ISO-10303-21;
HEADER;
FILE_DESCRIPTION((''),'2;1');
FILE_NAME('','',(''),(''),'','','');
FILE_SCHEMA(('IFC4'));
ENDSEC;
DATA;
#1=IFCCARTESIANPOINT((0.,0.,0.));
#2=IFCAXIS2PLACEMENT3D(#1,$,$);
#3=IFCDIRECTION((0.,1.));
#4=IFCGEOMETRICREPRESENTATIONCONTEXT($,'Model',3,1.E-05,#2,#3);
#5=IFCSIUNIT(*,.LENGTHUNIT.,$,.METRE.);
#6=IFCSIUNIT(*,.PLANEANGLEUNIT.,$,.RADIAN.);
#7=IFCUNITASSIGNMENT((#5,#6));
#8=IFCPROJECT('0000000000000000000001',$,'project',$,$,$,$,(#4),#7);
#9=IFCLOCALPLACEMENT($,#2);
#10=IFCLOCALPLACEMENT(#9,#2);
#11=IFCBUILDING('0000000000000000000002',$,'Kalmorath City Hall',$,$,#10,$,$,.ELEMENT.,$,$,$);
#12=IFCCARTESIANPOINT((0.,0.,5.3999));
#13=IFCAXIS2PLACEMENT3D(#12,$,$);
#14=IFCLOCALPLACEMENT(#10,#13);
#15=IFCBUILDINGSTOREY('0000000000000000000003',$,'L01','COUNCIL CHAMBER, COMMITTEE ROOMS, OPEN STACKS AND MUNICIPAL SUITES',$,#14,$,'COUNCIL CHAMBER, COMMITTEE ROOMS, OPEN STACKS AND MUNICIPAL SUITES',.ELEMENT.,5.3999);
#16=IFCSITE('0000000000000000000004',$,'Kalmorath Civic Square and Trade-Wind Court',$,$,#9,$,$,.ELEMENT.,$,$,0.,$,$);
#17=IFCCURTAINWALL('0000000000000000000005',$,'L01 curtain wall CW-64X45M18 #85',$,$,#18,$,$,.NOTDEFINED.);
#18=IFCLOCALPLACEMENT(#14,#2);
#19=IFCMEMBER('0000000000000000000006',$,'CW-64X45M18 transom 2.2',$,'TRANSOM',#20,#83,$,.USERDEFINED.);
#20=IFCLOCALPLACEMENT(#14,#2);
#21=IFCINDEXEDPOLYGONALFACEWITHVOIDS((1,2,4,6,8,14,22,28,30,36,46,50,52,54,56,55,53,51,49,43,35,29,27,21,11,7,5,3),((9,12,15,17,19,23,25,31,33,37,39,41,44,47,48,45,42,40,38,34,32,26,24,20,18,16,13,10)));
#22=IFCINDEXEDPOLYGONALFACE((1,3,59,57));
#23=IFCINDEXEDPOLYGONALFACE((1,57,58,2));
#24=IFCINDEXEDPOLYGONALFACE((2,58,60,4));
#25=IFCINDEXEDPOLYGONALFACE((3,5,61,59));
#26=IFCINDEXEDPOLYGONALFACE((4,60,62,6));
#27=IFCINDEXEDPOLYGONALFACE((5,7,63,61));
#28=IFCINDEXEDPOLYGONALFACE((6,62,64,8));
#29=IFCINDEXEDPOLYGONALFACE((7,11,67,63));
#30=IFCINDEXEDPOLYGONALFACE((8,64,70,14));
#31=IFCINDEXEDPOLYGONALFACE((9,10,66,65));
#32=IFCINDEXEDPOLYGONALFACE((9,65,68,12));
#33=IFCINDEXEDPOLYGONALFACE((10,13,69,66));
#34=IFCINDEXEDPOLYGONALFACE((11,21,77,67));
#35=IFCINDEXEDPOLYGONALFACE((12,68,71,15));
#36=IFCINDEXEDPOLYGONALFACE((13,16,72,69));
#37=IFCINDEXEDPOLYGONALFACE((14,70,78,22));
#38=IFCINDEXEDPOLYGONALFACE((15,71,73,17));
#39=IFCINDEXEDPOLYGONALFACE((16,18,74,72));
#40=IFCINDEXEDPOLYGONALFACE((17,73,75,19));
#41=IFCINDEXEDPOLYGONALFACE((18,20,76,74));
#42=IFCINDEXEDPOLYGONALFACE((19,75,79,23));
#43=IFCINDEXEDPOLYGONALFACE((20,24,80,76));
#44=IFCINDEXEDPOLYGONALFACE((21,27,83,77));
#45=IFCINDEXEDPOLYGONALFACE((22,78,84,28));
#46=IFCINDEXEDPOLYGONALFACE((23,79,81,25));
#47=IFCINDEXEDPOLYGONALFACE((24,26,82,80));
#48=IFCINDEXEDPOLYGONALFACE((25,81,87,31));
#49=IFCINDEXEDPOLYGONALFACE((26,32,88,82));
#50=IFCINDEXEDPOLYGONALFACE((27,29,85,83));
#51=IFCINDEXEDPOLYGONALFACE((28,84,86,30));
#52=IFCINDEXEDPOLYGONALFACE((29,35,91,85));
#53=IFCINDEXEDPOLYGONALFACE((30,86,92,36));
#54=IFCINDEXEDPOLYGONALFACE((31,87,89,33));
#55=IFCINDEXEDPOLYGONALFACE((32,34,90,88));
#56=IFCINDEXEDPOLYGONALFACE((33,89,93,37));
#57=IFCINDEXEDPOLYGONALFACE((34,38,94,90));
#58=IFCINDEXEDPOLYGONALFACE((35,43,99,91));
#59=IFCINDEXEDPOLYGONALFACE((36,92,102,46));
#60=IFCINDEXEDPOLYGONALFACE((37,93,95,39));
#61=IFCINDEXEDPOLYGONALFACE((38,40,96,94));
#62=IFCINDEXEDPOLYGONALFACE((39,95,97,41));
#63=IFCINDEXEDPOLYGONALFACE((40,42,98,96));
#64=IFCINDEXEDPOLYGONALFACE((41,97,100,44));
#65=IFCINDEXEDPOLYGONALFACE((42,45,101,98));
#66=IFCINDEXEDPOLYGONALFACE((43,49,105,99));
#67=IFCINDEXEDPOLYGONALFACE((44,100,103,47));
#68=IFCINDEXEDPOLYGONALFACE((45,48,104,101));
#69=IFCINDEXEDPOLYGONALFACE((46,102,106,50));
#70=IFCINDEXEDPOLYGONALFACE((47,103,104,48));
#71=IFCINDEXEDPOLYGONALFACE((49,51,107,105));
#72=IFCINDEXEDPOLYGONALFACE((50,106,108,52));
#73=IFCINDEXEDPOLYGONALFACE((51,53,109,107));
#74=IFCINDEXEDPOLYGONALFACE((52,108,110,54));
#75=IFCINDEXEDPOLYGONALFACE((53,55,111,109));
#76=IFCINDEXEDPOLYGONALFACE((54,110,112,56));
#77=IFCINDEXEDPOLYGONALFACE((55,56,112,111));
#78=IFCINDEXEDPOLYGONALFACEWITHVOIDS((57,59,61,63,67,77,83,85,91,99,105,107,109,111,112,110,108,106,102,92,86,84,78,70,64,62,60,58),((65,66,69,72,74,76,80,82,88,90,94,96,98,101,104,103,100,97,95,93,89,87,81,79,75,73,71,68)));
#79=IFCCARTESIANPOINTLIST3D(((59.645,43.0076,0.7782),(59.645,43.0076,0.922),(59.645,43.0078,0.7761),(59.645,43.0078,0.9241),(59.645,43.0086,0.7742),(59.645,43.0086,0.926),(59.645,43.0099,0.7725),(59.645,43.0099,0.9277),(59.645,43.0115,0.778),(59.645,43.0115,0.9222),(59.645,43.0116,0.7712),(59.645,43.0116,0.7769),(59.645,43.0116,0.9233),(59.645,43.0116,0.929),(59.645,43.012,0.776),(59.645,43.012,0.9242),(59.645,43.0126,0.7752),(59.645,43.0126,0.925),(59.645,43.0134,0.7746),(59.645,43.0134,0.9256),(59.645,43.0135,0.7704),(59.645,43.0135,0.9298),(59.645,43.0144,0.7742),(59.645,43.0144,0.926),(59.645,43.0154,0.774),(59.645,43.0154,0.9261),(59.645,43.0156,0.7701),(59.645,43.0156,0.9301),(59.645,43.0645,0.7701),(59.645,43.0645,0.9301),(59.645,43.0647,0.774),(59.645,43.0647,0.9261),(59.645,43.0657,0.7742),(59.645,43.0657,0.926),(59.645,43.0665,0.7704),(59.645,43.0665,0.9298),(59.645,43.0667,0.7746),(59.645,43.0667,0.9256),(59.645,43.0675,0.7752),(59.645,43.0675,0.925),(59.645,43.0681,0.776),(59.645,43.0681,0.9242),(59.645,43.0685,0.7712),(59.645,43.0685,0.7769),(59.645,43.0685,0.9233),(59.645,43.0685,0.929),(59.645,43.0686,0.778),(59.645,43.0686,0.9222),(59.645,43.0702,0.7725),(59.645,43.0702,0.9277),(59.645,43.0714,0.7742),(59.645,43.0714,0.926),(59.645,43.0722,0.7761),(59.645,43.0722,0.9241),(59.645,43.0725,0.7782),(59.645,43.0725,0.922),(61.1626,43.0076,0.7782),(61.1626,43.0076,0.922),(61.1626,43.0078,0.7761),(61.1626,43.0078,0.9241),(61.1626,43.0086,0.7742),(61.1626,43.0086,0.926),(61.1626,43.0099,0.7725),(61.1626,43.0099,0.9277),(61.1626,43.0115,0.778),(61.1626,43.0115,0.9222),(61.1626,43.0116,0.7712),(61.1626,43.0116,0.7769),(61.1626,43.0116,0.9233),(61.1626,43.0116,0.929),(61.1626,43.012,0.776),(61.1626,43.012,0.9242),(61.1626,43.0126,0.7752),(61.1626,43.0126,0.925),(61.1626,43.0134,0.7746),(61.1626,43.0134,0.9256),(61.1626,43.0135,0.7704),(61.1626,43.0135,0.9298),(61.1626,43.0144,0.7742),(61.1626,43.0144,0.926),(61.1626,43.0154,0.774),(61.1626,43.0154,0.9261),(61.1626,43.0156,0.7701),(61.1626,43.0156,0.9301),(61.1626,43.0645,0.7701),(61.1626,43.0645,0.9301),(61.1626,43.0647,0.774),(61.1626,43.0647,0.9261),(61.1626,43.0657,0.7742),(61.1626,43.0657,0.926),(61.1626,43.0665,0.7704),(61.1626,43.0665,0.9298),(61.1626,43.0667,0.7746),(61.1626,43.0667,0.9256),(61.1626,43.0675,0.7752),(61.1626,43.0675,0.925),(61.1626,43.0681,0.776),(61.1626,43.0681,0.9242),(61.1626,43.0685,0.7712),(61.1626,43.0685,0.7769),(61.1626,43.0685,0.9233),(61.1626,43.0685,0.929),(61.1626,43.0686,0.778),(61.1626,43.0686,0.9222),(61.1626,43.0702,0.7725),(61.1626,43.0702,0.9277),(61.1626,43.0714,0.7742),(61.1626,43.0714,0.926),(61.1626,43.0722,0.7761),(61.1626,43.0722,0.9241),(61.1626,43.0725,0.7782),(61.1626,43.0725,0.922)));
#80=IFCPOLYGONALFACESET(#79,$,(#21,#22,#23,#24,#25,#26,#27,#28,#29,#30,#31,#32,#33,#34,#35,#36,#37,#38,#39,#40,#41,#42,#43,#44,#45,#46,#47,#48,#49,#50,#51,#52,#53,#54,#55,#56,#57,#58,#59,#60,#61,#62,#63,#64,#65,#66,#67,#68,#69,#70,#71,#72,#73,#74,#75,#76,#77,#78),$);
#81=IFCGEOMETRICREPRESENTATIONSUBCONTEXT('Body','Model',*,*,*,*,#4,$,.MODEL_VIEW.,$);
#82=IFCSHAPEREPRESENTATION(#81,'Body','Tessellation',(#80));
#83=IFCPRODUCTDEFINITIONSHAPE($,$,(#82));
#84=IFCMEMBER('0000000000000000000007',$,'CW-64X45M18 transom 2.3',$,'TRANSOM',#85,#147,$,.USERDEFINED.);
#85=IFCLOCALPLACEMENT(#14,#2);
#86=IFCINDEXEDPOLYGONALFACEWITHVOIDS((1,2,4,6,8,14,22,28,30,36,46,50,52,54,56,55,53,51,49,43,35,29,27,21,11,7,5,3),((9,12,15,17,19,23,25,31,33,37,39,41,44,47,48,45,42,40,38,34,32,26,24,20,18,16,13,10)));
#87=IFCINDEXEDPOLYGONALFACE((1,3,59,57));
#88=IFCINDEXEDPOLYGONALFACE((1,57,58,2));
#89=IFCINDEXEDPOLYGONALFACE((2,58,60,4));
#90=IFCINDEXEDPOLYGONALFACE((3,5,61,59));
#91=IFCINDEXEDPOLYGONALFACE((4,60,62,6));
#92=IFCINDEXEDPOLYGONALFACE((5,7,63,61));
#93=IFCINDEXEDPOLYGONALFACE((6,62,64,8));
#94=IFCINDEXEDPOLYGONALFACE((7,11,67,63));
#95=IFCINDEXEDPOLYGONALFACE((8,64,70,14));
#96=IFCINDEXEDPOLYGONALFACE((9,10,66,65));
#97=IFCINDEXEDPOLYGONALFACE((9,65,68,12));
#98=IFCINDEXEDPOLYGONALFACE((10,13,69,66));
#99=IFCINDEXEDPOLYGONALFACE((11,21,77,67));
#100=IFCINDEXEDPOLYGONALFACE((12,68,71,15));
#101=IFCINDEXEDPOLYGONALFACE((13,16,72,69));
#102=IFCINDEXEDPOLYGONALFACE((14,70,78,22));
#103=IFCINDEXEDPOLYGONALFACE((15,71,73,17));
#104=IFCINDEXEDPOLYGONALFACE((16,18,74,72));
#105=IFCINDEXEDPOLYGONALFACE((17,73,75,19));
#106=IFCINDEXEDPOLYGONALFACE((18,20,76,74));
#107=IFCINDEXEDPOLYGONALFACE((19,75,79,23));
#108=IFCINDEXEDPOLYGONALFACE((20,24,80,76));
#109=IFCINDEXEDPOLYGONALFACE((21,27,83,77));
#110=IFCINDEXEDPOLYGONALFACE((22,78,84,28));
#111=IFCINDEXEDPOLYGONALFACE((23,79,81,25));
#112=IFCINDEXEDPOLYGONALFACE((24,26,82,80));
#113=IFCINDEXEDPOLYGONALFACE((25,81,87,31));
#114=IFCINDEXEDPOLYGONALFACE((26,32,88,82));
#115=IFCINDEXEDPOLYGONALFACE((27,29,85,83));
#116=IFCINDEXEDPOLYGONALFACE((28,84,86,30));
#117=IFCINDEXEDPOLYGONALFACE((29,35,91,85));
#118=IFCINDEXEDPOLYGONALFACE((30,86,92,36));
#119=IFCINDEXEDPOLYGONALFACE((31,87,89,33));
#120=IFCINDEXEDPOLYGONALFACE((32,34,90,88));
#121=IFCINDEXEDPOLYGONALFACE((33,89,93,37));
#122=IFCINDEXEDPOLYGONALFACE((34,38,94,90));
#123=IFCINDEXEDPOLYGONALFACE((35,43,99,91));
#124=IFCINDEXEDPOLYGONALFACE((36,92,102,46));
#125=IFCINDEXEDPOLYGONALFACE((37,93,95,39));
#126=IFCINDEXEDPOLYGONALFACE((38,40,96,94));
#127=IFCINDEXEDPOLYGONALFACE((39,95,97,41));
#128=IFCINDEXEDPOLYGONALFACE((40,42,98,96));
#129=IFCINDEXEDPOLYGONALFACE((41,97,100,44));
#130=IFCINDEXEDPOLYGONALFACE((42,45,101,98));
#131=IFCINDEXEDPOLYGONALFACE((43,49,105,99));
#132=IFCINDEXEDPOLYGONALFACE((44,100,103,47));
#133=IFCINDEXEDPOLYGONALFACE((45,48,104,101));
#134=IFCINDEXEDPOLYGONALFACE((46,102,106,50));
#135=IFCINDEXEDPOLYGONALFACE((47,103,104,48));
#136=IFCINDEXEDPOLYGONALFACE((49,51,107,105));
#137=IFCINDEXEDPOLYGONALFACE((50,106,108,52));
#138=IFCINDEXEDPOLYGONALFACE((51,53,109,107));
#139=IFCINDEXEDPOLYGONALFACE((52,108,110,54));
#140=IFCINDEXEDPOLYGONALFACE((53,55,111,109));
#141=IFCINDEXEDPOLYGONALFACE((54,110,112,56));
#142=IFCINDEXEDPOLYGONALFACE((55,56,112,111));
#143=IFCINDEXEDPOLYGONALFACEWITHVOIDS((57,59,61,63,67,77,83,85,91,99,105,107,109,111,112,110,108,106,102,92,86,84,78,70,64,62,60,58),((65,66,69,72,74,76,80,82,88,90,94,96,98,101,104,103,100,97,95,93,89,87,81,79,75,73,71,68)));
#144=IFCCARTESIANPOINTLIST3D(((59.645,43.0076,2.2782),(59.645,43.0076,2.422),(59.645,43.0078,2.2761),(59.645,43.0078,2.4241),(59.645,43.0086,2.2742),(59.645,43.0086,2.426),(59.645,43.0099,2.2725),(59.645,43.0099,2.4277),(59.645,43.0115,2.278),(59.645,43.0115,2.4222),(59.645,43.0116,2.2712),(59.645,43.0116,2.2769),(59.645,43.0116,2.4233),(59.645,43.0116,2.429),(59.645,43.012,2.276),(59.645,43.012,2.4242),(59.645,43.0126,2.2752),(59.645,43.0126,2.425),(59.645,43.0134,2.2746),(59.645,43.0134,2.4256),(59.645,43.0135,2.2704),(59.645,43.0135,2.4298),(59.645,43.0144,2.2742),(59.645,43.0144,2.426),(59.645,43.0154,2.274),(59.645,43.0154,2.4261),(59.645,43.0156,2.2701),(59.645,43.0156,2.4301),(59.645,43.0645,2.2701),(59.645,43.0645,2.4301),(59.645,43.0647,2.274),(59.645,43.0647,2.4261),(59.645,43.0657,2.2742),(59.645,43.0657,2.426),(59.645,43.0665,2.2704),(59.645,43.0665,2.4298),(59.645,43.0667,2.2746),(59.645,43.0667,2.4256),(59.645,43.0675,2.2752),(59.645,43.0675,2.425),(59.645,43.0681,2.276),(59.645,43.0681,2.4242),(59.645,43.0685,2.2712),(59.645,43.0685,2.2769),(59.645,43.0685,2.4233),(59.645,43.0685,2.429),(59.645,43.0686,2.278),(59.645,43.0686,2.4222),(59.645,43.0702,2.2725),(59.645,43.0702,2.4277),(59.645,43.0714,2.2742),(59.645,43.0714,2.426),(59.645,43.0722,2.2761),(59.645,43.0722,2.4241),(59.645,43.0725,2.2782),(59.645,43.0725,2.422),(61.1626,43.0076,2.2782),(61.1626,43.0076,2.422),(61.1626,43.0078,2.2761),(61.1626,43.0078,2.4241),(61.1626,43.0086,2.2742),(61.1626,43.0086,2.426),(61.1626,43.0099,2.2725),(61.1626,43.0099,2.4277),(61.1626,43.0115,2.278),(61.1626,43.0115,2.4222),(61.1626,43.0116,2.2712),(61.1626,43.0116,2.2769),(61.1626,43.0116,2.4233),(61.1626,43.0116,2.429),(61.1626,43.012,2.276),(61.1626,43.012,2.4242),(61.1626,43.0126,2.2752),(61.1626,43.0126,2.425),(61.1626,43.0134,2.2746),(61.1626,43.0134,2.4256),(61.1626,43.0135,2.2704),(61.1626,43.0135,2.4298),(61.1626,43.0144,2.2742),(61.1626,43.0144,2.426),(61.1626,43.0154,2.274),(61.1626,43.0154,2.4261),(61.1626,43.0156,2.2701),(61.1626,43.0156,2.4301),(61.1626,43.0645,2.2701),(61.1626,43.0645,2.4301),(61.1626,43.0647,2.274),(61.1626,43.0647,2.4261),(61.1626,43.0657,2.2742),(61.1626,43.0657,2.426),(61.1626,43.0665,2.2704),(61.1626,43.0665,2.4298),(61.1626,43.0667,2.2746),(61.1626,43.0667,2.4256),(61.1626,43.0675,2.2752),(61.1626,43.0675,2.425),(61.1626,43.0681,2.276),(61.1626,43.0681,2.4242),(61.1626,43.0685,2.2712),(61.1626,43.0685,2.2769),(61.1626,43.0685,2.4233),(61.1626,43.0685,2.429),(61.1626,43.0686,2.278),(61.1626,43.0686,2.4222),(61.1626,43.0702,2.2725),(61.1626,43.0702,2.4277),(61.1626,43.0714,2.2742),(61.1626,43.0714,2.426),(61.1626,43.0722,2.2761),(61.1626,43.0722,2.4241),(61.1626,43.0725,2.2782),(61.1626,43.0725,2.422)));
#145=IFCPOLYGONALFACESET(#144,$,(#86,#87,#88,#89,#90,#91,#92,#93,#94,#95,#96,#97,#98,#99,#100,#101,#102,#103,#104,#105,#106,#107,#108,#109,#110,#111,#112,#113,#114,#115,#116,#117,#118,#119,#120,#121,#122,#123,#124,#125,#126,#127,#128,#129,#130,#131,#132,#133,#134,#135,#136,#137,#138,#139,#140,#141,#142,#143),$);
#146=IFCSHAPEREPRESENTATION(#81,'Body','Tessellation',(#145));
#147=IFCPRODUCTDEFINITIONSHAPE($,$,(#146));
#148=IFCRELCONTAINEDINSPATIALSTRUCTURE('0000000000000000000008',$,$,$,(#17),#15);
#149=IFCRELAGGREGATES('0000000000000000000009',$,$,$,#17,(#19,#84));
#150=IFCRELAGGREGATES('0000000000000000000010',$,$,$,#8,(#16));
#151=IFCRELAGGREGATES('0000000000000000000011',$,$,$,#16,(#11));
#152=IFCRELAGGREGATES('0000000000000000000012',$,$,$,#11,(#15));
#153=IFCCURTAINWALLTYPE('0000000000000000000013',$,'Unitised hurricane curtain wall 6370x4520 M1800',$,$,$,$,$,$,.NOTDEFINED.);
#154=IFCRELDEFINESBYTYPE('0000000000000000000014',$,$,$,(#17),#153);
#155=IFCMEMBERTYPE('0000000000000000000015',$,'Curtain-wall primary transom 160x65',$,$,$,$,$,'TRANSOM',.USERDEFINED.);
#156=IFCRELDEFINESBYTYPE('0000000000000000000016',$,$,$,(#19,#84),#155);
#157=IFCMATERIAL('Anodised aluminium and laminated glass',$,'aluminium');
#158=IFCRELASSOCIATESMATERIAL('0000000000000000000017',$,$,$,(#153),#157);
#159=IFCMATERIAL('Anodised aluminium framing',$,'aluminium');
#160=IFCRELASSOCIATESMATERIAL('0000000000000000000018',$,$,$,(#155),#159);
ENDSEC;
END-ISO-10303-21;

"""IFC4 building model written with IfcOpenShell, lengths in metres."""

from ifc_helpers import new_model, si_unit, direction, frame, origin, origin_2d, place, context, subcontext, project, spatial, hollow_rectangle, extrude, material, material_profile, profile_set, type_object, element, aggregate, save


model = new_model("IFC4")

# Units and contexts
model_context = context("Model", 3, precision=1e-05, world=origin(), true_north=direction((0.0, 1.0)))
body_context = subcontext(model_context, "Body", "Model", "MODEL_VIEW")
ifc_project = project(units=[si_unit("LENGTHUNIT", "METRE"), si_unit("PLANEANGLEUNIT", "RADIAN")], contexts=[model_context])

# Site, building, storey
site_placement = place(None, origin())
site = spatial("IfcSite", under=ifc_project, at=site_placement, Name="Kalmorath Civic Square and Trade-Wind Court", CompositionType="ELEMENT", RefElevation=0.0)
building_placement = place(site_placement, origin())
building = spatial("IfcBuilding", under=site, at=building_placement, Name="Kalmorath City Hall", CompositionType="ELEMENT")
storey_placement = place(building_placement, frame((0.0, 0.0, 5.3999)))
storey = spatial("IfcBuildingStorey", under=building, at=storey_placement, Name="L01", Description="COUNCIL CHAMBER, COMMITTEE ROOMS, OPEN STACKS AND MUNICIPAL SUITES", LongName="COUNCIL CHAMBER, COMMITTEE ROOMS, OPEN STACKS AND MUNICIPAL SUITES", CompositionType="ELEMENT", Elevation=5.3999)

# Curtain wall
ifc_material_1 = material(Name="Anodised aluminium and laminated glass", Category="aluminium")
curtain_wall_type_1 = type_object("IfcCurtainWallType", Name="Unitised hurricane curtain wall 6370x4520 M1800", PredefinedType="NOTDEFINED", material=ifc_material_1)
curtain_wall_1_placement = place(storey_placement, origin())
curtain_wall_1 = element("IfcCurtainWall", 1, at=curtain_wall_1_placement, inside=storey, type_object=curtain_wall_type_1, Name="L01 curtain wall CW-64X45M18 #85", PredefinedType="NOTDEFINED")

# Shared definitions
ifc_material_2 = material(Name="Anodised aluminium framing", Category="aluminium")
ifc_material_profile_1 = material_profile(ifc_material_2, hollow_rectangle(XDim=0.0649, YDim=0.1599, WallThickness=0.0039, InnerFilletRadius=0.0039, OuterFilletRadius=0.0081, at=origin_2d()), Name="ALU-TRN-160X65X4")
ifc_profile_set_1 = profile_set([ifc_material_profile_1], Name="Anodised aluminium framing")
member_type_1 = type_object("IfcMemberType", Name="Curtain-wall primary transom 160x65", ElementType="TRANSOM", PredefinedType="USERDEFINED", material=ifc_profile_set_1)

# Members
member_1_placement = place(storey_placement, frame((59.645, 43.04, 0.8501), z_axis=(1.0, 0.0, 0.0), x_axis=(0.0, 1.0, 0.0)))
member_1 = element("IfcMember", 2, at=member_1_placement, type_object=member_type_1, Name="CW-64X45M18 transom 2.2", ObjectType="TRANSOM", PredefinedType="USERDEFINED", context=body_context, shape_type="SweptSolid", body=[
    extrude(hollow_rectangle(XDim=0.0649, YDim=0.1599, WallThickness=0.0039, InnerFilletRadius=0.0039, OuterFilletRadius=0.0081, at=origin_2d()), origin(), (0.0, 0.0, 1.0), 1.5176),
])
member_2_placement = place(storey_placement, frame((59.645, 43.04, 2.3501), z_axis=(1.0, 0.0, 0.0), x_axis=(0.0, 1.0, 0.0)))
member_2 = element("IfcMember", 3, at=member_2_placement, type_object=member_type_1, Name="CW-64X45M18 transom 2.3", ObjectType="TRANSOM", PredefinedType="USERDEFINED", context=body_context, shape_type="SweptSolid", body=[
    extrude(hollow_rectangle(XDim=0.0649, YDim=0.1599, WallThickness=0.0039, InnerFilletRadius=0.0039, OuterFilletRadius=0.0081, at=origin_2d()), origin(), (0.0, 0.0, 1.0), 1.5176),
])

aggregate(curtain_wall_1, [member_1, member_2])

save(model, "model.ifc")
